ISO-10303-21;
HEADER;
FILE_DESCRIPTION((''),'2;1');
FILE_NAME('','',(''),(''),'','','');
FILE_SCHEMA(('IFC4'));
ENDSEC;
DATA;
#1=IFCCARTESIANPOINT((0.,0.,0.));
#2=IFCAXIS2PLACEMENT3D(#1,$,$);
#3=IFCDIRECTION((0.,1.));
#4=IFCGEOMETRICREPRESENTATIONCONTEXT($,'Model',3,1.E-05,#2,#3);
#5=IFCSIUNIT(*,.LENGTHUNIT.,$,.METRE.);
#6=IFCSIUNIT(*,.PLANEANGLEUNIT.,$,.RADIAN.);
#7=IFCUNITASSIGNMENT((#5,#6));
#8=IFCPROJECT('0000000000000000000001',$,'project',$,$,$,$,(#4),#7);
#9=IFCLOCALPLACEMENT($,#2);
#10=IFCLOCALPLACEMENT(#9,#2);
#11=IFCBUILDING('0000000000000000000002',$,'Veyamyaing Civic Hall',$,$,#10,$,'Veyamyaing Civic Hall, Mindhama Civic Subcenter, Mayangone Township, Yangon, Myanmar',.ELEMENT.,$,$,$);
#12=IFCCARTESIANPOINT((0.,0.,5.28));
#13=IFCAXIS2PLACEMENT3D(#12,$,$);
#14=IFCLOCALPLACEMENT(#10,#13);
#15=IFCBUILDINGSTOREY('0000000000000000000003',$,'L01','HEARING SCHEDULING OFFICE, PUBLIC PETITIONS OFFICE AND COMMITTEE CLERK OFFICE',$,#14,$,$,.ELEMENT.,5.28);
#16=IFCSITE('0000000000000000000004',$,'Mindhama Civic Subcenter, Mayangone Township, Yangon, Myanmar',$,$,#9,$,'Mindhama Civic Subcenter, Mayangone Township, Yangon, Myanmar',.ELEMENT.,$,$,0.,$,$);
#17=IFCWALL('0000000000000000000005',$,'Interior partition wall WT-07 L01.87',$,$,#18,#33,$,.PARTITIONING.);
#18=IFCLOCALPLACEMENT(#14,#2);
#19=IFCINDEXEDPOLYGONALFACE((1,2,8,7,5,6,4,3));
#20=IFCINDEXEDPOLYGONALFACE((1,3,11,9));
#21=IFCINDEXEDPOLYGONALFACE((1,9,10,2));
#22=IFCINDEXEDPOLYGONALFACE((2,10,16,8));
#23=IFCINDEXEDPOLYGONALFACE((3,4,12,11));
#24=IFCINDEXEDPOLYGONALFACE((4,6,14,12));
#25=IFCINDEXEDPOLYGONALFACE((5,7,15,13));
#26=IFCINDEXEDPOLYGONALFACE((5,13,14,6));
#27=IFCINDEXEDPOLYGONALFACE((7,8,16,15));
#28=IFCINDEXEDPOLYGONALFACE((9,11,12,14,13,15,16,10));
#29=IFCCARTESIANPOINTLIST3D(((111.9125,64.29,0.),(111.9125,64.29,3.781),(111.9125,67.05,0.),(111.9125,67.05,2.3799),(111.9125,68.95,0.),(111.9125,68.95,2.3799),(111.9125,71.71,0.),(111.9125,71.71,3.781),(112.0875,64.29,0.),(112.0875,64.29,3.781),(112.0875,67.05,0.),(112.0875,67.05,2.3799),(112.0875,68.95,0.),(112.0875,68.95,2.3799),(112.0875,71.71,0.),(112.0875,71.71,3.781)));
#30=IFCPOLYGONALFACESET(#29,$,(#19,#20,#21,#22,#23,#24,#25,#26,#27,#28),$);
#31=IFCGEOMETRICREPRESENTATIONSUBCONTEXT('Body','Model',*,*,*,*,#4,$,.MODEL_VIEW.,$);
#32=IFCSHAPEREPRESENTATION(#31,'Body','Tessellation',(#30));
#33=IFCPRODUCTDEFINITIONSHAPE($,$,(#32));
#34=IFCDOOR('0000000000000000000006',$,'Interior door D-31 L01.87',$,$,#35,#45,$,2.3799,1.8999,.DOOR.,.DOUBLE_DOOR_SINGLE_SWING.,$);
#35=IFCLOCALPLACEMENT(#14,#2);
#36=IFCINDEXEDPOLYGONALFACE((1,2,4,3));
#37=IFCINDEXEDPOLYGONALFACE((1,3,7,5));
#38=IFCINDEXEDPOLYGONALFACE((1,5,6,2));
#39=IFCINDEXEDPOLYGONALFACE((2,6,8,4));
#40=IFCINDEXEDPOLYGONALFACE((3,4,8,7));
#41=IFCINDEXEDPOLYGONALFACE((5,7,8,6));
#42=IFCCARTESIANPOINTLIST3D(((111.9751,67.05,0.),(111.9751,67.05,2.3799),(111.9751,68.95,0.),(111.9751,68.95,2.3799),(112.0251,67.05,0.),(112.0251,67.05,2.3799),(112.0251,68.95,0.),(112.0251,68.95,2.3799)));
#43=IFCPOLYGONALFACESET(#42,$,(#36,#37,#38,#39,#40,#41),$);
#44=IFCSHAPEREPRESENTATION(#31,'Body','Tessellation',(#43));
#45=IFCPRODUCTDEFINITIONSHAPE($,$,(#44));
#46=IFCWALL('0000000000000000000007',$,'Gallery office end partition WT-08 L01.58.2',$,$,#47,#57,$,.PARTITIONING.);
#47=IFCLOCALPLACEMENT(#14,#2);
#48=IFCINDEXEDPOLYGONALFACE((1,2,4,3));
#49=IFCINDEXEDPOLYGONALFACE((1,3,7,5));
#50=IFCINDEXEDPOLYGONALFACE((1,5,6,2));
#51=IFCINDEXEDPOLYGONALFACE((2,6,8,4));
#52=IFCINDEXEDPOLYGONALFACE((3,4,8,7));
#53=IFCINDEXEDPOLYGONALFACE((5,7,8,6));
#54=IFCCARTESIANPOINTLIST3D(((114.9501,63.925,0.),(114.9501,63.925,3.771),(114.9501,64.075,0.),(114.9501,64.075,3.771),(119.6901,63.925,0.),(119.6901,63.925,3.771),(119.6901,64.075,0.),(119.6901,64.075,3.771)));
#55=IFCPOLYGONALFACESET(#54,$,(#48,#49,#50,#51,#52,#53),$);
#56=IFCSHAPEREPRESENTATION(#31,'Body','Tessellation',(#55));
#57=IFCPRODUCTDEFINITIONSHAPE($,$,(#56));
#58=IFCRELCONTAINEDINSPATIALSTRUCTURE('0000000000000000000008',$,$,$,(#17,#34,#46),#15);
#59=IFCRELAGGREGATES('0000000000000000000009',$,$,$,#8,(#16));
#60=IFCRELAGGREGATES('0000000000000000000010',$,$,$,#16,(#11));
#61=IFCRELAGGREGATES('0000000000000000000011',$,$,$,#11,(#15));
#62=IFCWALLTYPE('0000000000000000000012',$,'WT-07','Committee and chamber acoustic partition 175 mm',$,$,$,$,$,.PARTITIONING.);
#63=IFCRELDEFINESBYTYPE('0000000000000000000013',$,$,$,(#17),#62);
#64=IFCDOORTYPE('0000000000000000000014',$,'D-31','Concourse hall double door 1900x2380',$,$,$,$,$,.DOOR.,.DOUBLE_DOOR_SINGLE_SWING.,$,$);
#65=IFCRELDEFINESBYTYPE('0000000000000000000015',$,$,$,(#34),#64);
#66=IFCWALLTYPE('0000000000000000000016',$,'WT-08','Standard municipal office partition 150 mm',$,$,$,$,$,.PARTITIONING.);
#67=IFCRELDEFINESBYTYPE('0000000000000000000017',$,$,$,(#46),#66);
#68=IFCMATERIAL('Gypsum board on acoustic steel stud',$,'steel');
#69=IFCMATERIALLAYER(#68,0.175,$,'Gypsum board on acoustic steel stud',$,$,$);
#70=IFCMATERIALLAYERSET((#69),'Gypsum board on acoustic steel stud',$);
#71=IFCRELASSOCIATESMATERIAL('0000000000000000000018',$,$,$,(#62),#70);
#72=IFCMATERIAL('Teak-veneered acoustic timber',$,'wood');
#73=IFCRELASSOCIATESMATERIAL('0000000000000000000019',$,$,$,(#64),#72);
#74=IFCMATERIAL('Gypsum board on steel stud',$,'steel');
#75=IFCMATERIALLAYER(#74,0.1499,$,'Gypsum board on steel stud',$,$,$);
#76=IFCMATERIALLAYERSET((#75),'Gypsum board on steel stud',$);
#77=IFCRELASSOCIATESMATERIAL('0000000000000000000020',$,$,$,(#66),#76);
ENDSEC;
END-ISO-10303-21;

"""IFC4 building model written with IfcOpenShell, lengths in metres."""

from ifc_helpers import new_model, si_unit, direction, frame, frame_2d, origin, place, context, subcontext, project, spatial, rectangle, extrude, material, layer, layer_set, type_object, element, fill, save


model = new_model("IFC4")

# Units and contexts
model_context = context("Model", 3, precision=1e-05, world=origin(), true_north=direction((0.0, 1.0)))
body_context = subcontext(model_context, "Body", "Model", "MODEL_VIEW")
ifc_project = project(units=[si_unit("LENGTHUNIT", "METRE"), si_unit("PLANEANGLEUNIT", "RADIAN")], contexts=[model_context])

# Site, building, storey
site_placement = place(None, origin())
site = spatial("IfcSite", under=ifc_project, at=site_placement, Name="Mindhama Civic Subcenter, Mayangone Township, Yangon, Myanmar", LongName="Mindhama Civic Subcenter, Mayangone Township, Yangon, Myanmar", CompositionType="ELEMENT", RefElevation=0.0)
building_placement = place(site_placement, origin())
building = spatial("IfcBuilding", under=site, at=building_placement, Name="Veyamyaing Civic Hall", LongName="Veyamyaing Civic Hall, Mindhama Civic Subcenter, Mayangone Township, Yangon, Myanmar", CompositionType="ELEMENT")
storey_placement = place(building_placement, frame((0.0, 0.0, 5.28)))
storey = spatial("IfcBuildingStorey", under=building, at=storey_placement, Name="L01", Description="HEARING SCHEDULING OFFICE, PUBLIC PETITIONS OFFICE AND COMMITTEE CLERK OFFICE", CompositionType="ELEMENT", Elevation=5.28)

# Wall, opening, door
ifc_material_1 = material(Name="Gypsum board on acoustic steel stud", Category="steel")
ifc_layer_1 = layer(ifc_material_1, 0.175, Name="Gypsum board on acoustic steel stud")
ifc_layer_set_1 = layer_set([ifc_layer_1], Name="Gypsum board on acoustic steel stud")
wall_type_1 = type_object("IfcWallType", Name="WT-07", Description="Committee and chamber acoustic partition 175 mm", PredefinedType="PARTITIONING", material=ifc_layer_set_1)
ifc_material_2 = material(Name="Teak-veneered acoustic timber", Category="wood")
wall_1_placement = place(storey_placement, frame((112.0, 64.29, 0.0), z_axis=(0.0, 0.0, 1.0), x_axis=(0.0, 1.0, 0.0)))
wall_1 = element("IfcWall", 1, at=wall_1_placement, inside=storey, type_object=wall_type_1, Name="Interior partition wall WT-07 L01.87", PredefinedType="PARTITIONING", context=body_context, shape_type="SweptSolid", body=[
    extrude(rectangle(XDim=7.4199, YDim=0.175, at=frame_2d((3.71, 0.0))), origin(), (0.0, 0.0, 1.0), 3.781),
])
opening_1_placement = place(wall_1_placement, frame((2.76, 0.0, 0.0)))
opening_1 = element("IfcOpeningElement", 2, at=opening_1_placement, cuts=wall_1, PredefinedType="OPENING", context=body_context, shape_type="SweptSolid", body=[
    extrude(rectangle(XDim=1.8999, YDim=2.3799, at=frame_2d((0.95, 1.1899))), frame((0.0, 0.0974, 0.0), z_axis=(0.0, -1.0, 0.0), x_axis=(1.0, 0.0, 0.0)), (0.0, 0.0, 1.0), 0.1951),
])
door_type_1 = type_object("IfcDoorType", Name="D-31", Description="Concourse hall double door 1900x2380", OperationType="DOUBLE_DOOR_SINGLE_SWING", PredefinedType="DOOR", material=ifc_material_2)
door_1_placement = place(opening_1_placement, origin())
door_1 = element("IfcDoor", 3, at=door_1_placement, inside=storey, type_object=door_type_1, Name="Interior door D-31 L01.87", OperationType="DOUBLE_DOOR_SINGLE_SWING", OverallHeight=2.3799, OverallWidth=1.8999, PredefinedType="DOOR", context=body_context, shape_type="SweptSolid", body=[
    extrude(rectangle(XDim=1.8999, YDim=2.3799, at=frame_2d((0.95, 1.1899))), frame((0.0, 0.0249, 0.0), z_axis=(0.0, -1.0, 0.0), x_axis=(1.0, 0.0, 0.0)), (0.0, 0.0, 1.0), 0.05),
])
fill(opening_1, door_1)

# Wall
ifc_material_3 = material(Name="Gypsum board on steel stud", Category="steel")
ifc_layer_2 = layer(ifc_material_3, 0.1499, Name="Gypsum board on steel stud")
ifc_layer_set_2 = layer_set([ifc_layer_2], Name="Gypsum board on steel stud")
wall_type_2 = type_object("IfcWallType", Name="WT-08", Description="Standard municipal office partition 150 mm", PredefinedType="PARTITIONING", material=ifc_layer_set_2)
wall_2_placement = place(storey_placement, frame((114.95, 64.0, 0.0), z_axis=(0.0, 0.0, 1.0), x_axis=(1.0, 0.0, 0.0)))
element("IfcWall", 4, at=wall_2_placement, inside=storey, type_object=wall_type_2, Name="Gallery office end partition WT-08 L01.58.2", PredefinedType="PARTITIONING", context=body_context, shape_type="SweptSolid", body=[
    extrude(rectangle(XDim=4.74, YDim=0.1499, at=frame_2d((2.3701, 0.0))), origin(), (0.0, 0.0, 1.0), 3.771),
])

save(model, "model.ifc")
